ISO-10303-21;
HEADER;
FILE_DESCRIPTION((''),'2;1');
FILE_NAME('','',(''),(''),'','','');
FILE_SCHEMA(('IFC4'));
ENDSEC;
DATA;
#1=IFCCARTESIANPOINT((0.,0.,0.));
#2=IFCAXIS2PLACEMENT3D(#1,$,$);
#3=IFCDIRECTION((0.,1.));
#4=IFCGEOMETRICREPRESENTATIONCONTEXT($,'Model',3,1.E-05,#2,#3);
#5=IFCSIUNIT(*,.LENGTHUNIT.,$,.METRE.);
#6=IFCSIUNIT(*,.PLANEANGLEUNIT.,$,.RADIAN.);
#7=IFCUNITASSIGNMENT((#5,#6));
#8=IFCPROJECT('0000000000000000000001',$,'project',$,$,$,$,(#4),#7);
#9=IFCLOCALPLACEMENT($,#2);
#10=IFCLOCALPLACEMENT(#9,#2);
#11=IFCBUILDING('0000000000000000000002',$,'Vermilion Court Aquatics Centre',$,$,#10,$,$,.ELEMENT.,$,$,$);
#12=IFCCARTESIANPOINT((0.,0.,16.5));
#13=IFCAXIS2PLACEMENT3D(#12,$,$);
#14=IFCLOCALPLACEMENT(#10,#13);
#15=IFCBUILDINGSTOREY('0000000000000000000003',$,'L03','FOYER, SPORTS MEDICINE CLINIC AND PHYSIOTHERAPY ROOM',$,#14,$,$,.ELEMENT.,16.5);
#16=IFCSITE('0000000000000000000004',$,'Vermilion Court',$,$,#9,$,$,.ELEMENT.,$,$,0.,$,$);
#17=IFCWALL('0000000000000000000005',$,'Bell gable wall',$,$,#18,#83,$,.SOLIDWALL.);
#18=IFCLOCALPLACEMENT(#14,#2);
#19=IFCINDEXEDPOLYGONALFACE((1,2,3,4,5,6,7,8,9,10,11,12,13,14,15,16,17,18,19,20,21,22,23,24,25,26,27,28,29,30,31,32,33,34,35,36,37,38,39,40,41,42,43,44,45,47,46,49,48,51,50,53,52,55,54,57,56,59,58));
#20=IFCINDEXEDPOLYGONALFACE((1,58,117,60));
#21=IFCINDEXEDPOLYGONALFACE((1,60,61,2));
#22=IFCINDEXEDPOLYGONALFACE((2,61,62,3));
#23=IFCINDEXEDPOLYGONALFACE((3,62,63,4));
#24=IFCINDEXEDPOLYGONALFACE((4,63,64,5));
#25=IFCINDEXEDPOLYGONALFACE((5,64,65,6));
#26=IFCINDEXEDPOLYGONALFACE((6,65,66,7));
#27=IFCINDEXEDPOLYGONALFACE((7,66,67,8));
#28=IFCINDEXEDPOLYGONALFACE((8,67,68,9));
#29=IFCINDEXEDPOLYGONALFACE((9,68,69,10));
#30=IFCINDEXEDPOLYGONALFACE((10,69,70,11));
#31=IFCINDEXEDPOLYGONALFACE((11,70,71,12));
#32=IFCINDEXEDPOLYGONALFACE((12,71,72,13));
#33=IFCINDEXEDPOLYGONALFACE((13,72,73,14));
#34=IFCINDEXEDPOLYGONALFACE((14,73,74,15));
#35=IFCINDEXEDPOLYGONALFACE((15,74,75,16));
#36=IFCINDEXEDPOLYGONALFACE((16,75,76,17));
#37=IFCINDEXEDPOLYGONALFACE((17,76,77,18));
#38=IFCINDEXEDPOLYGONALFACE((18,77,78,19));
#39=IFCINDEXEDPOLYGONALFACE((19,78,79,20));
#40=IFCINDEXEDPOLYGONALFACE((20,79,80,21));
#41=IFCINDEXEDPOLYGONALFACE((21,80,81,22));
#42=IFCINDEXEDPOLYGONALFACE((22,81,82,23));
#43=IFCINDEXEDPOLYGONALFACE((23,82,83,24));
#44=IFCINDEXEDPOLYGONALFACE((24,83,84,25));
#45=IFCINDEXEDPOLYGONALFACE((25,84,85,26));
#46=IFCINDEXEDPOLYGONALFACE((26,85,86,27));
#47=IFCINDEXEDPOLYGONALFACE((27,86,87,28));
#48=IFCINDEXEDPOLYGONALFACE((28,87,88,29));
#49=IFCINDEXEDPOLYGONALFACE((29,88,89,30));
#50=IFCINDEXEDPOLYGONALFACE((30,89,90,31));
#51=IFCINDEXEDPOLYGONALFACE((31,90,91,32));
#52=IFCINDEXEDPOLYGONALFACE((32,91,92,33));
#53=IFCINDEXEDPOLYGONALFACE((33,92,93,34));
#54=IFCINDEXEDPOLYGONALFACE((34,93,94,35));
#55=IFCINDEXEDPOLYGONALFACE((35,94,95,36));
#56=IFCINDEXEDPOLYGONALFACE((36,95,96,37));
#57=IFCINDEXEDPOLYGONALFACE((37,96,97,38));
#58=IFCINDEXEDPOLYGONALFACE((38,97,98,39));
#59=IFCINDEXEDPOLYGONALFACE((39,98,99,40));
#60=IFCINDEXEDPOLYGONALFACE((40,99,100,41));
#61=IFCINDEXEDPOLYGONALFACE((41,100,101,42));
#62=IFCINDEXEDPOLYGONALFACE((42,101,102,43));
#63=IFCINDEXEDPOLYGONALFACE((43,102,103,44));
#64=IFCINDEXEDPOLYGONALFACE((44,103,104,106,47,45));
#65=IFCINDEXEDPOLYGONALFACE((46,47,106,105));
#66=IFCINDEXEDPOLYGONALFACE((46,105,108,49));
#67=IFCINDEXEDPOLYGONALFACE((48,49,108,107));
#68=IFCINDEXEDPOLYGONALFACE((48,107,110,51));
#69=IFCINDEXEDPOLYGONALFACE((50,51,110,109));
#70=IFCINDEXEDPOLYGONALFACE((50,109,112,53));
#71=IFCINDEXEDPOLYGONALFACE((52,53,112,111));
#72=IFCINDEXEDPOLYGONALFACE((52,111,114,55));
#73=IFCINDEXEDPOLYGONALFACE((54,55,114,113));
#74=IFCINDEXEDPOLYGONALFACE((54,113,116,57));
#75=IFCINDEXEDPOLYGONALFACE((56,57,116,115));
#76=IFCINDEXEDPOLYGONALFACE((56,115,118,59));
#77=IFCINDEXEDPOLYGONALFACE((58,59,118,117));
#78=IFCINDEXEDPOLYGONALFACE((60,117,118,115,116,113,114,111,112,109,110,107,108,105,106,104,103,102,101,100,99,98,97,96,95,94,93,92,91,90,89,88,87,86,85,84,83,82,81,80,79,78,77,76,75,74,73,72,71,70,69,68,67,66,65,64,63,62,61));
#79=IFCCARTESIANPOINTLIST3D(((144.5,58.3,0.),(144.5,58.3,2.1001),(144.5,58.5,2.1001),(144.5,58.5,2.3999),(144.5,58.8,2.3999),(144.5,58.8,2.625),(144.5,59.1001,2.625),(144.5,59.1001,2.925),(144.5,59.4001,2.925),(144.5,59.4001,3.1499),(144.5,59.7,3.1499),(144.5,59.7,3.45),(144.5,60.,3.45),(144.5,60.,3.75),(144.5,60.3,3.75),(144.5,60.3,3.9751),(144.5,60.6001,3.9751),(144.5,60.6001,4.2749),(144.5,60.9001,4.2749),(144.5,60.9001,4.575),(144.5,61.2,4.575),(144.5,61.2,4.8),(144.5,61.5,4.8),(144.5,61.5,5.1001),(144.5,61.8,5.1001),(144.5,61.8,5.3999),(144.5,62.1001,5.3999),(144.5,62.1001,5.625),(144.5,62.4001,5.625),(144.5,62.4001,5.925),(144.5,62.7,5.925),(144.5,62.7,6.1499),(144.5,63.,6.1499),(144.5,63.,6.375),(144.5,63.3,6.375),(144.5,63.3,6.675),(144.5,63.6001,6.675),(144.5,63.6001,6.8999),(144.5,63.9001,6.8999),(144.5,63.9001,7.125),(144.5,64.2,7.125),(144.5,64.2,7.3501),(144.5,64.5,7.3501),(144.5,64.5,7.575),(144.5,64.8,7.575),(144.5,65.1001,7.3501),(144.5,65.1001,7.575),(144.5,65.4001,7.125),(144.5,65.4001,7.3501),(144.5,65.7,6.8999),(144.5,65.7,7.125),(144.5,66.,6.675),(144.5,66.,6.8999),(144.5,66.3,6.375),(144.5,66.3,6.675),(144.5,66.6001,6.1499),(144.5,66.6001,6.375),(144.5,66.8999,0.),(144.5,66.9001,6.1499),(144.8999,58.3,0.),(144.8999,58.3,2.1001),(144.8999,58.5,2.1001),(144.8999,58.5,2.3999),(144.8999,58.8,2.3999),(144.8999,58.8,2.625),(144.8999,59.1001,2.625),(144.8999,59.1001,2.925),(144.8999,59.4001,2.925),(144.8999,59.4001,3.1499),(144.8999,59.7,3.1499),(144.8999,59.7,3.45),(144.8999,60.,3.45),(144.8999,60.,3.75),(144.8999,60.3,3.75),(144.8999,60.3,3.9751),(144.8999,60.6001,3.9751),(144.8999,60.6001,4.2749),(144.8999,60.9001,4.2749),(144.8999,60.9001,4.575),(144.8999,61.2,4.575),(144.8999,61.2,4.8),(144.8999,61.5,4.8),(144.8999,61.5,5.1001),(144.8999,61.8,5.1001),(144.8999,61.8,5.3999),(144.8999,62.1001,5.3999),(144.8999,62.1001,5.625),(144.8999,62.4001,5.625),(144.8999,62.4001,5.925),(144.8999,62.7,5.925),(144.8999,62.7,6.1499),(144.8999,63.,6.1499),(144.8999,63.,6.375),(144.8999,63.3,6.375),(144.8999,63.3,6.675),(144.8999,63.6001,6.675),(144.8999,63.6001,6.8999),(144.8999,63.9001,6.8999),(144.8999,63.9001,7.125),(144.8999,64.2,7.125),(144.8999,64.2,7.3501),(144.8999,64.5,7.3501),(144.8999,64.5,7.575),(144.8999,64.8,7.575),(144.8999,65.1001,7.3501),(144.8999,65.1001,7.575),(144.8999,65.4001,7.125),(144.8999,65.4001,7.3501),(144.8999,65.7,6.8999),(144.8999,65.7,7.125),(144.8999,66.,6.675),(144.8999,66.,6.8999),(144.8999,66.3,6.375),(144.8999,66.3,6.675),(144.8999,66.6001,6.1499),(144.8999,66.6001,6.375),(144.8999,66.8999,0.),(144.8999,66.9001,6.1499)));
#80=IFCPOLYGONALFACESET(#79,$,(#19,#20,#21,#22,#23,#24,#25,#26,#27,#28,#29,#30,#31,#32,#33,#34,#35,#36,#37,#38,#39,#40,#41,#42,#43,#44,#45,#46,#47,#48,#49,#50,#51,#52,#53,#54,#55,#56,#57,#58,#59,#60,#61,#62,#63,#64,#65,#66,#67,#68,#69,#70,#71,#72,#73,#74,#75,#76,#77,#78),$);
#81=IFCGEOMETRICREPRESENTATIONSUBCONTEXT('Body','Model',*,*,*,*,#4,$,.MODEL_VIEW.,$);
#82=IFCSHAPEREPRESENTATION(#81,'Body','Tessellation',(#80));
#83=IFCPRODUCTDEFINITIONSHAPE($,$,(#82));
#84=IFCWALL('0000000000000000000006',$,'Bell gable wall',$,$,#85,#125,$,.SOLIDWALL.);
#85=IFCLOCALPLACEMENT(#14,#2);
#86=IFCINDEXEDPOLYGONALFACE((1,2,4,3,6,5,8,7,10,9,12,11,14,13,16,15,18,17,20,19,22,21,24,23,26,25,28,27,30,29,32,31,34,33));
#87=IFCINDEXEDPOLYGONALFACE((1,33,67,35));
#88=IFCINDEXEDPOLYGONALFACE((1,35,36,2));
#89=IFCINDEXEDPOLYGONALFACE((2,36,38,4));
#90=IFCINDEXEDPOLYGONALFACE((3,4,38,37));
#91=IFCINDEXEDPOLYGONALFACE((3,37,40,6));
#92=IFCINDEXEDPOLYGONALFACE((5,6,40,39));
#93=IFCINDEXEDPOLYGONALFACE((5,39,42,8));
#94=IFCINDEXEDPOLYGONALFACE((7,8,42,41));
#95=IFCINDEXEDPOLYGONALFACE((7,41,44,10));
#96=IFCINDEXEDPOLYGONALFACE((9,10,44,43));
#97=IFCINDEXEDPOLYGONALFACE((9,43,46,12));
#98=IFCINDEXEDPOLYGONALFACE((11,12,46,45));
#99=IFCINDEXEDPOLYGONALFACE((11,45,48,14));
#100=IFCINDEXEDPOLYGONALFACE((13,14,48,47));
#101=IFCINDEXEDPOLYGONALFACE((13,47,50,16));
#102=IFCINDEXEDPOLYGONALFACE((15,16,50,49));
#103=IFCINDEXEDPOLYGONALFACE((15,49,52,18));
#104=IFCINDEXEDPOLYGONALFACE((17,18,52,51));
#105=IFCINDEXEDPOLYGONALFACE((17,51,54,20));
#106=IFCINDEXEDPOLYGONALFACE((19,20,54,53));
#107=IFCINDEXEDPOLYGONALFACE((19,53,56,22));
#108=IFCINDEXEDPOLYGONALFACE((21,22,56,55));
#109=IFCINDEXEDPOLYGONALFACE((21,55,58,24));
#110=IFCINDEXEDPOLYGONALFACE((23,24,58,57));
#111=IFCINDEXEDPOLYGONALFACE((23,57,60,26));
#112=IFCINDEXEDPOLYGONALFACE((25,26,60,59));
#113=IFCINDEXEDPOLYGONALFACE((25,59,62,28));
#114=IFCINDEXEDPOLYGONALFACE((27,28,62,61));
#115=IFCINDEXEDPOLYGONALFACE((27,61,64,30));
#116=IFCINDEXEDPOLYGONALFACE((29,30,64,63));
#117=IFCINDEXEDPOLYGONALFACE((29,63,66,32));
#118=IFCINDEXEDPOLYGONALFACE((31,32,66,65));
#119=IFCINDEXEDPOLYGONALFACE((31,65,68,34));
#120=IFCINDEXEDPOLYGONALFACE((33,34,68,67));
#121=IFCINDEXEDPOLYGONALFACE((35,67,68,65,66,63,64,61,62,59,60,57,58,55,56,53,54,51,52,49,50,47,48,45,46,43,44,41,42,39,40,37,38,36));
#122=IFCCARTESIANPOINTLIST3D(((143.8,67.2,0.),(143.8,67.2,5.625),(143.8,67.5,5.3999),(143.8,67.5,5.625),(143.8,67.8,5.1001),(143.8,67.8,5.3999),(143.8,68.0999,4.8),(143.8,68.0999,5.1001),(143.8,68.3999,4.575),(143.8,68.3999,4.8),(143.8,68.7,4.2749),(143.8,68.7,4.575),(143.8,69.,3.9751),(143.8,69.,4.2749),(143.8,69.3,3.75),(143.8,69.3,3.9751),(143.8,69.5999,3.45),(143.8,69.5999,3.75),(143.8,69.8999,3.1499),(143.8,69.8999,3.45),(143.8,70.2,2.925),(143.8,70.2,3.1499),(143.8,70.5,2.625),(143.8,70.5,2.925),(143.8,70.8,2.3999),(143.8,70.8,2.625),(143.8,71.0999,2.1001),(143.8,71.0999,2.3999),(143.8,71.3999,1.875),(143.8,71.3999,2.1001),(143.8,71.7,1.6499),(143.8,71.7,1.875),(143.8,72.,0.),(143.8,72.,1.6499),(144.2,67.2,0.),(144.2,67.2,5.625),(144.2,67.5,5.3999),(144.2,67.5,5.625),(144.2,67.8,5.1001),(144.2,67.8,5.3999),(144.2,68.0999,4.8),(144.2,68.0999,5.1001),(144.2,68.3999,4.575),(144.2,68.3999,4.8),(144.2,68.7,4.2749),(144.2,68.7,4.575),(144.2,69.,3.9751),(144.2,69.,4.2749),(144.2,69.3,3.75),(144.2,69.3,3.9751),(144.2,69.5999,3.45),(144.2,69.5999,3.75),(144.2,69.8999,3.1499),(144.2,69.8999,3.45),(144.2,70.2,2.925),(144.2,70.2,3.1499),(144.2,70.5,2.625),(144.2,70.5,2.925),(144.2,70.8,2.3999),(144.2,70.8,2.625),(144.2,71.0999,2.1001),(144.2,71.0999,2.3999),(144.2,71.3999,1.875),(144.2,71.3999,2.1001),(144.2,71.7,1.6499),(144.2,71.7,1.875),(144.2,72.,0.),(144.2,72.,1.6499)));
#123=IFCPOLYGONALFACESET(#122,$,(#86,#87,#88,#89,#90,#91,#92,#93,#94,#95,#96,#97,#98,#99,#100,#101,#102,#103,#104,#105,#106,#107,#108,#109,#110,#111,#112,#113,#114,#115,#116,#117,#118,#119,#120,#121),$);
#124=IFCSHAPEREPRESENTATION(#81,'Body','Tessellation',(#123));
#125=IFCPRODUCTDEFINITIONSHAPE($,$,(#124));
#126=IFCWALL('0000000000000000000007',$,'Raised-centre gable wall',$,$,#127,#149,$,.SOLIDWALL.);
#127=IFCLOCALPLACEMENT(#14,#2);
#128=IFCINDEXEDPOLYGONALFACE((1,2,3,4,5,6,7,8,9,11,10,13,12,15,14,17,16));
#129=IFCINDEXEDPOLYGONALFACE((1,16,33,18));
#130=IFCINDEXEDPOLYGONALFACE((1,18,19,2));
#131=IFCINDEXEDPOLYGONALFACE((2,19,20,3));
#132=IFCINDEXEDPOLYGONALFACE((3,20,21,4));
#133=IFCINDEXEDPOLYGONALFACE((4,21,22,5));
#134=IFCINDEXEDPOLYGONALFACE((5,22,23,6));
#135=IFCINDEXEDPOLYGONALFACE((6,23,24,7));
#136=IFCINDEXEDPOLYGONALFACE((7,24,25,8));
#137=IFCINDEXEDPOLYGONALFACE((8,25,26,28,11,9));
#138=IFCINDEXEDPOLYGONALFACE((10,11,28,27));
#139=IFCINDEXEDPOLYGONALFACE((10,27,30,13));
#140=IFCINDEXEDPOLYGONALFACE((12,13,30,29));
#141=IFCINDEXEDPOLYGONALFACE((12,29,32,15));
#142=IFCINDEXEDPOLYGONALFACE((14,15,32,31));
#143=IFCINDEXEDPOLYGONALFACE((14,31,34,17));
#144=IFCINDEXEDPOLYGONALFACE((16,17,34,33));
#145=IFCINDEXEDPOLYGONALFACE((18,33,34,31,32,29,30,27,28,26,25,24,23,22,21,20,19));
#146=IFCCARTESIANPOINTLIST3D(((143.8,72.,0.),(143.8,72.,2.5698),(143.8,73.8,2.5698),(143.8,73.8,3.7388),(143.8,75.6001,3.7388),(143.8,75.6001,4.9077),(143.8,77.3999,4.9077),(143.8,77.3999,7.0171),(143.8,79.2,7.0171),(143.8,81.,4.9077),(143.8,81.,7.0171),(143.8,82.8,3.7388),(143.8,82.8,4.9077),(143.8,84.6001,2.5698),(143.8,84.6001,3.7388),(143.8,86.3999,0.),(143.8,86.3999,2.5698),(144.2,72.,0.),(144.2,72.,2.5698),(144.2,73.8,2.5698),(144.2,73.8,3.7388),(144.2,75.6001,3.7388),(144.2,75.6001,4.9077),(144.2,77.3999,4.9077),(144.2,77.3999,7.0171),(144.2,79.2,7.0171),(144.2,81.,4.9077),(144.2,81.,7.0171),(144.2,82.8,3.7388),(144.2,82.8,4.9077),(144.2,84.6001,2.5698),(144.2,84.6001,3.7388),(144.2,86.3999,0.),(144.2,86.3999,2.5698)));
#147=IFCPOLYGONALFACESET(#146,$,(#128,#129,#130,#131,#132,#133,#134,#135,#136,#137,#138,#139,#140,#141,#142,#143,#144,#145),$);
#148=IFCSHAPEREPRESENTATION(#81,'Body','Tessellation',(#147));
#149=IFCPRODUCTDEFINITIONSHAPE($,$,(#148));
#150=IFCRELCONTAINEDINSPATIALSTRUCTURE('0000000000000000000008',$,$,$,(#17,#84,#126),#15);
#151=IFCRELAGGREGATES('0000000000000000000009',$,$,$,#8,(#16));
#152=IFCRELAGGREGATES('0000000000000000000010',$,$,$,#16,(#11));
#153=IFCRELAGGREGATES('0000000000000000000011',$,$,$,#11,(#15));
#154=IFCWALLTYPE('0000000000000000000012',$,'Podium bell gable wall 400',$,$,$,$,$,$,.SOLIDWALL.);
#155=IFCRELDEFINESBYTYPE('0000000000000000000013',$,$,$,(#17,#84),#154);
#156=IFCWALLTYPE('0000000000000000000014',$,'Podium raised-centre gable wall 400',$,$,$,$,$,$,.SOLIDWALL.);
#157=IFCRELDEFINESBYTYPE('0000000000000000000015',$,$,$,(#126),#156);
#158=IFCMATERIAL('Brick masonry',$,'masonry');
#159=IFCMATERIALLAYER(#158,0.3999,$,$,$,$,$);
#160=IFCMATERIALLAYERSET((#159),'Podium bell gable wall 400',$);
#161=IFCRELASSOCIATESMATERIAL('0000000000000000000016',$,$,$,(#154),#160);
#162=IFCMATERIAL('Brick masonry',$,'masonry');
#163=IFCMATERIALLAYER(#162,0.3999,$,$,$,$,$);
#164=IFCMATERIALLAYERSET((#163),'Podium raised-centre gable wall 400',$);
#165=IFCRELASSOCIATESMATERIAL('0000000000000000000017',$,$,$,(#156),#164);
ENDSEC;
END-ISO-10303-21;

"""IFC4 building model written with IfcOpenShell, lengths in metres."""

from ifc_helpers import new_model, si_unit, direction, frame, origin, place, context, subcontext, project, spatial, polyline, outline, extrude, material, layer, layer_set, type_object, element, save


model = new_model("IFC4")

# Units and contexts
model_context = context("Model", 3, precision=1e-05, world=origin(), true_north=direction((0.0, 1.0)))
body_context = subcontext(model_context, "Body", "Model", "MODEL_VIEW")
ifc_project = project(units=[si_unit("LENGTHUNIT", "METRE"), si_unit("PLANEANGLEUNIT", "RADIAN")], contexts=[model_context])

# Site, building, storey
site_placement = place(None, origin())
site = spatial("IfcSite", under=ifc_project, at=site_placement, Name="Vermilion Court", CompositionType="ELEMENT", RefElevation=0.0)
building_placement = place(site_placement, origin())
building = spatial("IfcBuilding", under=site, at=building_placement, Name="Vermilion Court Aquatics Centre", CompositionType="ELEMENT")
storey_placement = place(building_placement, frame((0.0, 0.0, 16.5)))
storey = spatial("IfcBuildingStorey", under=building, at=storey_placement, Name="L03", Description="FOYER, SPORTS MEDICINE CLINIC AND PHYSIOTHERAPY ROOM", CompositionType="ELEMENT", Elevation=16.5)

# Walls
ifc_material_1 = material(Name="Brick masonry", Category="masonry")
ifc_layer_1 = layer(ifc_material_1, 0.3999)
ifc_layer_set_1 = layer_set([ifc_layer_1], Name="Podium bell gable wall 400")
wall_type_1 = type_object("IfcWallType", Name="Podium bell gable wall 400", PredefinedType="SOLIDWALL", material=ifc_layer_set_1)
wall_1_placement = place(storey_placement, frame((144.7, 58.3, 0.0), z_axis=(0.0, 0.0, 1.0), x_axis=(0.0, 1.0, 0.0)))
element("IfcWall", 1, at=wall_1_placement, inside=storey, type_object=wall_type_1, Name="Bell gable wall", PredefinedType="SOLIDWALL", context=body_context, shape_type="SweptSolid", body=[
    extrude(outline(polyline([(0.0, 0.0), (8.5999, 0.0), (8.6001, 6.1499), (8.3, 6.1499), (8.3, 6.375), (8.0, 6.375), (8.0, 6.675), (7.7, 6.675), (7.7, 6.8999), (7.3999, 6.8999), (7.3999, 7.125), (7.1001, 7.125), (7.1001, 7.3501), (6.8, 7.3501), (6.8, 7.575), (6.5, 7.575), (6.5, 7.575), (6.2, 7.575), (6.2, 7.3501), (5.8999, 7.3501), (5.8999, 7.125), (5.6001, 7.125), (5.6001, 6.8999), (5.3, 6.8999), (5.3, 6.675), (5.0, 6.675), (5.0, 6.375), (4.7, 6.375), (4.7, 6.1499), (4.3999, 6.1499), (4.3999, 5.925), (4.1001, 5.925), (4.1001, 5.625), (3.8, 5.625), (3.8, 5.3999), (3.5, 5.3999), (3.5, 5.1001), (3.2, 5.1001), (3.2, 4.8), (2.8999, 4.8), (2.8999, 4.575), (2.6001, 4.575), (2.6001, 4.2749), (2.3, 4.2749), (2.3, 3.9751), (2.0, 3.9751), (2.0, 3.75), (1.7, 3.75), (1.7, 3.45), (1.3999, 3.45), (1.3999, 3.1499), (1.1001, 3.1499), (1.1001, 2.925), (0.8, 2.925), (0.8, 2.625), (0.5, 2.625), (0.5, 2.3999), (0.2, 2.3999), (0.2, 2.1001), (0.0, 2.1001), (0.0, 0.0)])), frame((0.0, 0.2, 0.0), z_axis=(0.0, -1.0, 0.0), x_axis=(1.0, 0.0, 0.0)), (0.0, 0.0, 1.0), 0.3999),
])
wall_2_placement = place(storey_placement, frame((144.0, 67.2, 0.0), z_axis=(0.0, 0.0, 1.0), x_axis=(0.0, 1.0, 0.0)))
element("IfcWall", 2, at=wall_2_placement, inside=storey, type_object=wall_type_1, Name="Bell gable wall", PredefinedType="SOLIDWALL", context=body_context, shape_type="SweptSolid", body=[
    extrude(outline(polyline([(0.0, 0.0), (4.8, 0.0), (4.8, 1.6499), (4.5, 1.6499), (4.5, 1.875), (4.2, 1.875), (4.2, 2.1001), (3.8999, 2.1001), (3.8999, 2.3999), (3.6001, 2.3999), (3.6001, 2.625), (3.3, 2.625), (3.3, 2.925), (3.0, 2.925), (3.0, 3.1499), (2.7, 3.1499), (2.7, 3.45), (2.3999, 3.45), (2.3999, 3.75), (2.1001, 3.75), (2.1001, 3.9751), (1.8, 3.9751), (1.8, 4.2749), (1.5, 4.2749), (1.5, 4.575), (1.2, 4.575), (1.2, 4.8), (0.8999, 4.8), (0.8999, 5.1001), (0.6001, 5.1001), (0.6001, 5.3999), (0.3, 5.3999), (0.3, 5.625), (0.0, 5.625), (0.0, 0.0)])), frame((0.0, 0.2, 0.0), z_axis=(0.0, -1.0, 0.0), x_axis=(1.0, 0.0, 0.0)), (0.0, 0.0, 1.0), 0.3999),
])
ifc_material_2 = material(Name="Brick masonry", Category="masonry")
ifc_layer_2 = layer(ifc_material_2, 0.3999)
ifc_layer_set_2 = layer_set([ifc_layer_2], Name="Podium raised-centre gable wall 400")
wall_type_2 = type_object("IfcWallType", Name="Podium raised-centre gable wall 400", PredefinedType="SOLIDWALL", material=ifc_layer_set_2)
wall_3_placement = place(storey_placement, frame((144.0, 72.0, 0.0), z_axis=(0.0, 0.0, 1.0), x_axis=(0.0, 1.0, 0.0)))
element("IfcWall", 3, at=wall_3_placement, inside=storey, type_object=wall_type_2, Name="Raised-centre gable wall", PredefinedType="SOLIDWALL", context=body_context, shape_type="SweptSolid", body=[
    extrude(outline(polyline([(0.0, 0.0), (14.3999, 0.0), (14.3999, 2.5698), (12.6001, 2.5698), (12.6001, 3.7388), (10.8, 3.7388), (10.8, 4.9077), (9.0, 4.9077), (9.0, 7.0171), (7.2, 7.0171), (7.2, 7.0171), (5.3999, 7.0171), (5.3999, 4.9077), (3.6001, 4.9077), (3.6001, 3.7388), (1.8, 3.7388), (1.8, 2.5698), (0.0, 2.5698), (0.0, 0.0)])), frame((0.0, 0.2, 0.0), z_axis=(0.0, -1.0, 0.0), x_axis=(1.0, 0.0, 0.0)), (0.0, 0.0, 1.0), 0.3999),
])

save(model, "model.ifc")
